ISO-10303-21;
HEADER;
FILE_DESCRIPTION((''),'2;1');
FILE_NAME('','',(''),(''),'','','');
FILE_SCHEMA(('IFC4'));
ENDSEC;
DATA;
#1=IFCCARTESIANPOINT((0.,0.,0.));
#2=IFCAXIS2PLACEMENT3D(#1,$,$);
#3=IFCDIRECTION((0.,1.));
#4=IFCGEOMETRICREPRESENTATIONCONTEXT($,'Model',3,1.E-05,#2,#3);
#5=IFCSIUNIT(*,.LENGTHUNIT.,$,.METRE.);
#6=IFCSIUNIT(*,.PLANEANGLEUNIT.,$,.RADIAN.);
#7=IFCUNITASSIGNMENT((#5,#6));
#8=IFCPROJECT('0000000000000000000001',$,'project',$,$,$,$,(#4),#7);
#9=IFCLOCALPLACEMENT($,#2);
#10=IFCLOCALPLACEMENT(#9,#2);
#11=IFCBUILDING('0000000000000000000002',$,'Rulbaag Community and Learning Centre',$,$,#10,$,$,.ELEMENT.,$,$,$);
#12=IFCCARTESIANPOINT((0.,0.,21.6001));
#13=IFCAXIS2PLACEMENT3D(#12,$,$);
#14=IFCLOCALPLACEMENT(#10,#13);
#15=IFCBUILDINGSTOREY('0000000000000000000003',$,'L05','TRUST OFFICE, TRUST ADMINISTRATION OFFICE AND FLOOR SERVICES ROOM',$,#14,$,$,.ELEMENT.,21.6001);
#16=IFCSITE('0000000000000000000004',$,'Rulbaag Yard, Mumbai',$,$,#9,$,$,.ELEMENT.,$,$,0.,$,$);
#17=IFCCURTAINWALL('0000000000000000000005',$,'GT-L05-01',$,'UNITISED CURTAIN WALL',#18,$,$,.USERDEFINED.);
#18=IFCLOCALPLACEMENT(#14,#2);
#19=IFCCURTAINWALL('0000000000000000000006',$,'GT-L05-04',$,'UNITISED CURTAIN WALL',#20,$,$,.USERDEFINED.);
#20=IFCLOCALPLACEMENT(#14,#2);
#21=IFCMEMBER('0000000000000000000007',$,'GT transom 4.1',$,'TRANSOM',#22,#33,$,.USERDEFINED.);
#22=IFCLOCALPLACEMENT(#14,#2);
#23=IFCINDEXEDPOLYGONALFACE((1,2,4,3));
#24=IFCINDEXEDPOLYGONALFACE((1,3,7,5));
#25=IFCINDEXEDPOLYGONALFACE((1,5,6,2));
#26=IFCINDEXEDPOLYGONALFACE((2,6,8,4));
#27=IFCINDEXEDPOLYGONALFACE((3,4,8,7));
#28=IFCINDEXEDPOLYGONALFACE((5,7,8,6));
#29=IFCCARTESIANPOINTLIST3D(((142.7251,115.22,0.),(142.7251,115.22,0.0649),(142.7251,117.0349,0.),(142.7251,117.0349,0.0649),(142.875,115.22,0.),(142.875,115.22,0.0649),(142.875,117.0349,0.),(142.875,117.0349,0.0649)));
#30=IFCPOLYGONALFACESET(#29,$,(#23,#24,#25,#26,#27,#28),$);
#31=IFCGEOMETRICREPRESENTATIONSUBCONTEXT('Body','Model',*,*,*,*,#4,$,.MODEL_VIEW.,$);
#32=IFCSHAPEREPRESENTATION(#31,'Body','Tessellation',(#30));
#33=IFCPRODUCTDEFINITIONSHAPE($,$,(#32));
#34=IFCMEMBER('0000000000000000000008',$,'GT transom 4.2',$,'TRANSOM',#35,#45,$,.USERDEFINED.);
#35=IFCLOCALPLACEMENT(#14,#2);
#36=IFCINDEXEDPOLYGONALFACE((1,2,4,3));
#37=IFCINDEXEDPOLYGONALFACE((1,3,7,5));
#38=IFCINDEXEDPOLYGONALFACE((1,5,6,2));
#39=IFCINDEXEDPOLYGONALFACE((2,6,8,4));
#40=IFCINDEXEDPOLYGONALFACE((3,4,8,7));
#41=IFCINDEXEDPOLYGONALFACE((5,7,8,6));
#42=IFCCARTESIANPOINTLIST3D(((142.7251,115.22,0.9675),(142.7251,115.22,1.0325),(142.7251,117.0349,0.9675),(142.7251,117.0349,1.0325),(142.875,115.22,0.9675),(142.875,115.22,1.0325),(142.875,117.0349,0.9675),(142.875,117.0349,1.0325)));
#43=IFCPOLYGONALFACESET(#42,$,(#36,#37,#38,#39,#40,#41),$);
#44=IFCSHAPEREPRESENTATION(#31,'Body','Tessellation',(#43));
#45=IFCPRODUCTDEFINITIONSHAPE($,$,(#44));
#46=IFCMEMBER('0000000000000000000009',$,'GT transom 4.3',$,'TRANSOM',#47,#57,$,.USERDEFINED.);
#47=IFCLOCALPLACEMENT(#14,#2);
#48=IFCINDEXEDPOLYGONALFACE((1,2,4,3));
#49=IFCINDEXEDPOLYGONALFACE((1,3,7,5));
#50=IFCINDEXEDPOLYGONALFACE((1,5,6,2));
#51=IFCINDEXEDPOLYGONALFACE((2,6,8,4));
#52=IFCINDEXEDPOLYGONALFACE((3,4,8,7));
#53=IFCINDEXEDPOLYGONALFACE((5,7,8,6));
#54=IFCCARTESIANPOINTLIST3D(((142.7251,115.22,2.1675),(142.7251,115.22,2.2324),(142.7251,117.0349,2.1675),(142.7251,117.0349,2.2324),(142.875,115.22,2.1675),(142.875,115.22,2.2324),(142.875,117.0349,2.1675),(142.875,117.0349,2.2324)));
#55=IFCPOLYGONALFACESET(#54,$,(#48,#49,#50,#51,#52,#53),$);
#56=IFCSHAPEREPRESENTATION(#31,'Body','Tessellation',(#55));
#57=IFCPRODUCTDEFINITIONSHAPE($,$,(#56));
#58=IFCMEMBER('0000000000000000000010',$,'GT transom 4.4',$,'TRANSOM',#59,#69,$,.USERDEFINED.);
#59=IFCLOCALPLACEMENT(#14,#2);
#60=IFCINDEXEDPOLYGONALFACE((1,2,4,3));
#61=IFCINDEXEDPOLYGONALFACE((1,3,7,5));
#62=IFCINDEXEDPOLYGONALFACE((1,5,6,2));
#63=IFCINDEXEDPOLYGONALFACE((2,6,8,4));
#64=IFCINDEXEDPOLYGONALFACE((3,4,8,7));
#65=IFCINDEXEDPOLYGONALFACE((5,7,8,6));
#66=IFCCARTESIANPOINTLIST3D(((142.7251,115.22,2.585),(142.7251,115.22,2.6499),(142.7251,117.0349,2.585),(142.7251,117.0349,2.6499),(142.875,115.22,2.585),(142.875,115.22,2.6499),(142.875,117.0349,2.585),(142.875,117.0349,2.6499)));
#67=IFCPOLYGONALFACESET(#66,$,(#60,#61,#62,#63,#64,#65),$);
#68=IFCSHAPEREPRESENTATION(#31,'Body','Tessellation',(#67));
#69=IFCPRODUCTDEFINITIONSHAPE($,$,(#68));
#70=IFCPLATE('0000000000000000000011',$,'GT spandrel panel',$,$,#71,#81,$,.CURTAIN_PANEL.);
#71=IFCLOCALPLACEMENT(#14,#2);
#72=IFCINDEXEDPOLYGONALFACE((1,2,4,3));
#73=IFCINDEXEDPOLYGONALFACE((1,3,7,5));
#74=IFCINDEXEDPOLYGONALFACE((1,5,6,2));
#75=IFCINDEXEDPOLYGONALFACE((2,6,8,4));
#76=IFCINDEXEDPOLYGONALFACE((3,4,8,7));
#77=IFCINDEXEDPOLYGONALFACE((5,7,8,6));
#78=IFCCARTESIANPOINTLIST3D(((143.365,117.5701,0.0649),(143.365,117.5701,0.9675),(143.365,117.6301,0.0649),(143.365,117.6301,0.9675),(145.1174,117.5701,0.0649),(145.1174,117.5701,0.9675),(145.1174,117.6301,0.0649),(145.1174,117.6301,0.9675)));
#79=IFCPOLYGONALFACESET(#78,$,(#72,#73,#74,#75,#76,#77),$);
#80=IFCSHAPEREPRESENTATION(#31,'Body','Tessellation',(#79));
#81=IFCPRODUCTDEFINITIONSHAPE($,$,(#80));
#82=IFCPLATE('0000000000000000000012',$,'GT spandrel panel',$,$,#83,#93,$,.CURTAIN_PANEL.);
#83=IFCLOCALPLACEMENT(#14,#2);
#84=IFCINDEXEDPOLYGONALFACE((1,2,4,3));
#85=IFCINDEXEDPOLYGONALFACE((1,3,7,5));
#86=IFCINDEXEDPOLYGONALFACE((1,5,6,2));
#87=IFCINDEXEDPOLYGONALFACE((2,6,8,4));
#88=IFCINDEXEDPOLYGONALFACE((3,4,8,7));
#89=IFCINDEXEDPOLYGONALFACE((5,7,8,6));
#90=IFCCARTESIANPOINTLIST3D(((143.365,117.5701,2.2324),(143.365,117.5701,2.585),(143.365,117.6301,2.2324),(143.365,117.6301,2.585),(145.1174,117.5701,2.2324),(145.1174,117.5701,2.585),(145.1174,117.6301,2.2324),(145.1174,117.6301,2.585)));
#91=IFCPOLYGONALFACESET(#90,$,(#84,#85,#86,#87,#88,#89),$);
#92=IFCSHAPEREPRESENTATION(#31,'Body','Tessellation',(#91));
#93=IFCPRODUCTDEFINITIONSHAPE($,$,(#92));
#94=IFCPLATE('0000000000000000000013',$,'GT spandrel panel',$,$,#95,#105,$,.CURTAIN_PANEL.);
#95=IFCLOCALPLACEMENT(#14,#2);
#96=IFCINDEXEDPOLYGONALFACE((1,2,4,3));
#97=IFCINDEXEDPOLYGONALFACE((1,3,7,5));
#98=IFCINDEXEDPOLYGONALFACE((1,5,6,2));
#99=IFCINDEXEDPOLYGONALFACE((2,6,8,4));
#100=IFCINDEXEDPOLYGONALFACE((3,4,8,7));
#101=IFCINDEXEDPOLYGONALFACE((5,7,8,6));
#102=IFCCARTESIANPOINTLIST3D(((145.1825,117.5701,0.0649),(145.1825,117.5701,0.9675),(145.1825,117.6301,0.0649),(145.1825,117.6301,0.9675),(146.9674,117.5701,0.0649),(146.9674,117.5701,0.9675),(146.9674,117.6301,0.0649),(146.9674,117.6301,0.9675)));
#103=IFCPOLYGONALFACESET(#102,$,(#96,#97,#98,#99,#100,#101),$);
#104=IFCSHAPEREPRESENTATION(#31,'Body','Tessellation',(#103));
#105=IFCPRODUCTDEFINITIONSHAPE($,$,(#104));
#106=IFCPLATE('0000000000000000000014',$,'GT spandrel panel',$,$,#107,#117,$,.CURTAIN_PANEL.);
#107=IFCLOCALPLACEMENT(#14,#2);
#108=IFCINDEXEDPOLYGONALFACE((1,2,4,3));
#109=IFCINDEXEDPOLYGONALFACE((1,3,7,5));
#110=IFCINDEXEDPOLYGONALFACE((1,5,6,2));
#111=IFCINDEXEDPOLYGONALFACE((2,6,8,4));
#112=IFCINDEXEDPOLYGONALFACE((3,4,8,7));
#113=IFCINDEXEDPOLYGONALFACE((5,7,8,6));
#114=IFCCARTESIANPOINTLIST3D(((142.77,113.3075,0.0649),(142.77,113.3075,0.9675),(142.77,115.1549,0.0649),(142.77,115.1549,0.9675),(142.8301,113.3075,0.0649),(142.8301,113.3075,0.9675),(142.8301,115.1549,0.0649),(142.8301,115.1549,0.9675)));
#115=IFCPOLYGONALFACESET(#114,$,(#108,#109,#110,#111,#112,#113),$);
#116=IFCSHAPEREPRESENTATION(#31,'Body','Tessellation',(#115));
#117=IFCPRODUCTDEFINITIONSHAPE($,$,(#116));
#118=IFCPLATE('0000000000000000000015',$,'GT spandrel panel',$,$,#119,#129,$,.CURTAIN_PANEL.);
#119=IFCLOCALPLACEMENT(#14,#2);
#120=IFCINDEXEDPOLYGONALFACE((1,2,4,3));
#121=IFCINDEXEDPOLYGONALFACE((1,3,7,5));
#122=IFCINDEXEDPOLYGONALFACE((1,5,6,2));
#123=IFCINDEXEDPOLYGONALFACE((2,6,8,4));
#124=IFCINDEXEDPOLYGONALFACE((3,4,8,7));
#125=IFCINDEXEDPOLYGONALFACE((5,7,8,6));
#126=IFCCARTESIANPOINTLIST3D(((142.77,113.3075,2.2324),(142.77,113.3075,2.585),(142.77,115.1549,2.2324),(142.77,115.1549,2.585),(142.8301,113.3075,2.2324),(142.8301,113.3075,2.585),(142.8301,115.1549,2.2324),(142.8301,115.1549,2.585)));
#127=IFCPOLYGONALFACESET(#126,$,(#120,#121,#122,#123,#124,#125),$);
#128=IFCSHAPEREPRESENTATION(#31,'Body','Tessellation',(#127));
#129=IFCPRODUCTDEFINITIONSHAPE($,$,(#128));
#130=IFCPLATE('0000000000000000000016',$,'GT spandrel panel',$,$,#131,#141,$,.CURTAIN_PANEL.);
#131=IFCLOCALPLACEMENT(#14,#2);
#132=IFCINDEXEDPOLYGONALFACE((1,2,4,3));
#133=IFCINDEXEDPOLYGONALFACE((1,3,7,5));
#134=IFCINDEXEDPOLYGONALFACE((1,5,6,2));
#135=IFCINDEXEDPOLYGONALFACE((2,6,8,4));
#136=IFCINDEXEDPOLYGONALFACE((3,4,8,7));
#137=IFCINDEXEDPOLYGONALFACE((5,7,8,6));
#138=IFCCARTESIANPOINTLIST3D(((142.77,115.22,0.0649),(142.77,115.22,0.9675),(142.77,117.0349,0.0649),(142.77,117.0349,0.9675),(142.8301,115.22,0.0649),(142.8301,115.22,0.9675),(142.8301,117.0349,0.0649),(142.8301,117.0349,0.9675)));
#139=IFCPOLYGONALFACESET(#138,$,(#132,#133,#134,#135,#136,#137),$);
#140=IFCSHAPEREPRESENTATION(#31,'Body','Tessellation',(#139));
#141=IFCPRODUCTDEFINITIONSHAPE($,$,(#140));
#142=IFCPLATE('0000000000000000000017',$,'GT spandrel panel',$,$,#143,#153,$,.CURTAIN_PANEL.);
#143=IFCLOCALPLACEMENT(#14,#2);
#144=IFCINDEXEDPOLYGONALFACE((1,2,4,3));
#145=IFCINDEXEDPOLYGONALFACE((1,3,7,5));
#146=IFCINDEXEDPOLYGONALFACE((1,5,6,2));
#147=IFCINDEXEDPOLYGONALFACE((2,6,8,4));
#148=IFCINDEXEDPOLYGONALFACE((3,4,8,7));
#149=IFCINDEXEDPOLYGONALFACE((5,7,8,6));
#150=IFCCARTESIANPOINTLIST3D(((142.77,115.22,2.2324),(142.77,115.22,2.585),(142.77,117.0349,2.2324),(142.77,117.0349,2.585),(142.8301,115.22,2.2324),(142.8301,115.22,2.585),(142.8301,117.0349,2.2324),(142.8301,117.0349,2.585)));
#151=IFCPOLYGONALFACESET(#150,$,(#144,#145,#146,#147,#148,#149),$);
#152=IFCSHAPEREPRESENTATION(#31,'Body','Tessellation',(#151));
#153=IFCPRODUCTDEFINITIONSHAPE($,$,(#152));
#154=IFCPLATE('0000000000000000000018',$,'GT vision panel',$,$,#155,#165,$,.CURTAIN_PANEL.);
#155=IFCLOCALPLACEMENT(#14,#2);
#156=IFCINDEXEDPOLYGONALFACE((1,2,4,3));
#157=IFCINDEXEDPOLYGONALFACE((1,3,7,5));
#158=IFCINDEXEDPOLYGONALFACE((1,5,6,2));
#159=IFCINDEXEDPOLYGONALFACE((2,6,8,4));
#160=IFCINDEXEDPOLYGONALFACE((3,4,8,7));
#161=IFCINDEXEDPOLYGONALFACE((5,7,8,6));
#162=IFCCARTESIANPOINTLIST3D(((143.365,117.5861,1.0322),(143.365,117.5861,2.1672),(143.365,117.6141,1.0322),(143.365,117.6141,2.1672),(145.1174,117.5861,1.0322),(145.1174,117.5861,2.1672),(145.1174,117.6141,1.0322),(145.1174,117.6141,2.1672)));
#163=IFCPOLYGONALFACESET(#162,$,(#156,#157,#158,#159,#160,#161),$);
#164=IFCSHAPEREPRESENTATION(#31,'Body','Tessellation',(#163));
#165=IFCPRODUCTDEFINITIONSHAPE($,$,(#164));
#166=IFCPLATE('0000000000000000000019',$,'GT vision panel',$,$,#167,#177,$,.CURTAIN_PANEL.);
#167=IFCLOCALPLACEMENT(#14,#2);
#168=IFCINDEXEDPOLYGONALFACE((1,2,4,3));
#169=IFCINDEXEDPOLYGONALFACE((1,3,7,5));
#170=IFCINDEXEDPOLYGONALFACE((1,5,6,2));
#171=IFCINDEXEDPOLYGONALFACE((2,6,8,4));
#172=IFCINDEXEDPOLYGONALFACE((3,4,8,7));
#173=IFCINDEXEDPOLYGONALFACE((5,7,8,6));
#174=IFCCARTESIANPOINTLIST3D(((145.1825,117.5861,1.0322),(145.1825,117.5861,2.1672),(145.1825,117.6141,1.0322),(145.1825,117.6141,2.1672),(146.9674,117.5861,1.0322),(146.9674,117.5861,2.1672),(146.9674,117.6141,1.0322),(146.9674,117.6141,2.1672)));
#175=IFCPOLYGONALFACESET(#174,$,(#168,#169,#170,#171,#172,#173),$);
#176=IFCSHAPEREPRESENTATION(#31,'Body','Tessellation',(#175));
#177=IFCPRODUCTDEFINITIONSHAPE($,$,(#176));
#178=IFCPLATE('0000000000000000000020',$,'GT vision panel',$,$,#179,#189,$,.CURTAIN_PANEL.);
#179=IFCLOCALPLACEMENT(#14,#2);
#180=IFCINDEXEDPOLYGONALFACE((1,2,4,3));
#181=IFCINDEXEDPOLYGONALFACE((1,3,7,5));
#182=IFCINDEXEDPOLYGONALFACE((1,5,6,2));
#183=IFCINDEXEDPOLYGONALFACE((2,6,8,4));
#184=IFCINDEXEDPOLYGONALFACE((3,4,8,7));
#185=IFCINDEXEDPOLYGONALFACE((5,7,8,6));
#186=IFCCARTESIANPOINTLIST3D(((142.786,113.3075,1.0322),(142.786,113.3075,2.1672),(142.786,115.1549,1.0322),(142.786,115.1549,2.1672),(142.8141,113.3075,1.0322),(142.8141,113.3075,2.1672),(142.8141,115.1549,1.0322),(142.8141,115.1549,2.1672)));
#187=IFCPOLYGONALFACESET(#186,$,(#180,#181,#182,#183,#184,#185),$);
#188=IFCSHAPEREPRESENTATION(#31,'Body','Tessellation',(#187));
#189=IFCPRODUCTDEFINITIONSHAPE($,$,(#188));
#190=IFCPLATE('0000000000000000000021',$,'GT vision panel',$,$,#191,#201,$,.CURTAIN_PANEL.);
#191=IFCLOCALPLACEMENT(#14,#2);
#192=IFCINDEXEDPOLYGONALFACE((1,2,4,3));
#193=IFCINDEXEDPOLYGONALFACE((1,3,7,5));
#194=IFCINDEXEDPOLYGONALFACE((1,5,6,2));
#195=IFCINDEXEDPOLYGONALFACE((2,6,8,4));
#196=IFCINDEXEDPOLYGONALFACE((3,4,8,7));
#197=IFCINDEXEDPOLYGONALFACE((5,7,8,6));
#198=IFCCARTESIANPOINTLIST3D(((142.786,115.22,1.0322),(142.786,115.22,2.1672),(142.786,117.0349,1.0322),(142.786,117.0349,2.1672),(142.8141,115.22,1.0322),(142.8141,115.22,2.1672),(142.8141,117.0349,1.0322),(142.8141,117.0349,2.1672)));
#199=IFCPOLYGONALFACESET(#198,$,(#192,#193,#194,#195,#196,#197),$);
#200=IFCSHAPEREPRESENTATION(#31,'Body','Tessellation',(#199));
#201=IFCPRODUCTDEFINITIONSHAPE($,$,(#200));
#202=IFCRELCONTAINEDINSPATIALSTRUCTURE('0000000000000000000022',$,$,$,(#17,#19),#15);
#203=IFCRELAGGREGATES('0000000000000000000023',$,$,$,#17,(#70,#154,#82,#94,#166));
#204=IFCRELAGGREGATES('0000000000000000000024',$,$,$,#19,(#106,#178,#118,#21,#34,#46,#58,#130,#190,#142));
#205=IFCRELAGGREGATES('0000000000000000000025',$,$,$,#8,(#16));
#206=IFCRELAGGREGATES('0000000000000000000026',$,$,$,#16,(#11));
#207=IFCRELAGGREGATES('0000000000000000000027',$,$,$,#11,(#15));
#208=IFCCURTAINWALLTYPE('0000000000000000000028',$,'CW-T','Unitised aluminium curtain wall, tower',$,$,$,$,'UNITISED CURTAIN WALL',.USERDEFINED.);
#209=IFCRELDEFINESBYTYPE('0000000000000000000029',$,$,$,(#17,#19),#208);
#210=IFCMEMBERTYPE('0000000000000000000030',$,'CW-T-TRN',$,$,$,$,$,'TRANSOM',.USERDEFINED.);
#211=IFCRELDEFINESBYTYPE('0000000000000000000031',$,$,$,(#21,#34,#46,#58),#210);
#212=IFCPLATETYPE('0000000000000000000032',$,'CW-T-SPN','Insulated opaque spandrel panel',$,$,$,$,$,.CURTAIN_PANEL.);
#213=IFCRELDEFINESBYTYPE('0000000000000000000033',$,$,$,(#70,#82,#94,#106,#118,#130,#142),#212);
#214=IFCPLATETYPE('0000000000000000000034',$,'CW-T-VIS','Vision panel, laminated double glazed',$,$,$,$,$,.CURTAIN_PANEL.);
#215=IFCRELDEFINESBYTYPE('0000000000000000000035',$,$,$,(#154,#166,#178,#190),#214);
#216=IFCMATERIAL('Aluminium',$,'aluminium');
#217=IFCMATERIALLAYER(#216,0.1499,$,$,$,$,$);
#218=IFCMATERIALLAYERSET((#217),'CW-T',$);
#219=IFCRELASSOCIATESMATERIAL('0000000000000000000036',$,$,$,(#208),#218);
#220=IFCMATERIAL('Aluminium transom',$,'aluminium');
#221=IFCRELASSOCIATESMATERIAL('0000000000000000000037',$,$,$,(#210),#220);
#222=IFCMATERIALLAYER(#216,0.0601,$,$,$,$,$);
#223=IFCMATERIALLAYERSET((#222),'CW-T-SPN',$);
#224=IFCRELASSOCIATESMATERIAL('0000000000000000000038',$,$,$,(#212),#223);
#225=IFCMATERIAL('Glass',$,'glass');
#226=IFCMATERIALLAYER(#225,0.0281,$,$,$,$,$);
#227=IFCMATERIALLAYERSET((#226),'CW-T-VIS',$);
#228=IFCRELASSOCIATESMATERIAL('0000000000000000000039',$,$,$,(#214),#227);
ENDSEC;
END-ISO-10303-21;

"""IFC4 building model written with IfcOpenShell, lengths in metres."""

from ifc_helpers import new_model, si_unit, direction, frame, origin, origin_2d, place, context, subcontext, project, spatial, rectangle, extrude, material, layer, layer_set, material_profile, profile_set, type_object, element, aggregate, save


model = new_model("IFC4")

# Units and contexts
model_context = context("Model", 3, precision=1e-05, world=origin(), true_north=direction((0.0, 1.0)))
body_context = subcontext(model_context, "Body", "Model", "MODEL_VIEW")
ifc_project = project(units=[si_unit("LENGTHUNIT", "METRE"), si_unit("PLANEANGLEUNIT", "RADIAN")], contexts=[model_context])

# Site, building, storey
site_placement = place(None, origin())
site = spatial("IfcSite", under=ifc_project, at=site_placement, Name="Rulbaag Yard, Mumbai", CompositionType="ELEMENT", RefElevation=0.0)
building_placement = place(site_placement, origin())
building = spatial("IfcBuilding", under=site, at=building_placement, Name="Rulbaag Community and Learning Centre", CompositionType="ELEMENT")
storey_placement = place(building_placement, frame((0.0, 0.0, 21.6001)))
storey = spatial("IfcBuildingStorey", under=building, at=storey_placement, Name="L05", Description="TRUST OFFICE, TRUST ADMINISTRATION OFFICE AND FLOOR SERVICES ROOM", CompositionType="ELEMENT", Elevation=21.6001)

# Curtain walls, members
ifc_material_1 = material(Name="Aluminium", Category="aluminium")
ifc_layer_1 = layer(ifc_material_1, 0.1499)
ifc_layer_set_1 = layer_set([ifc_layer_1], Name="CW-T")
curtain_wall_type = type_object("IfcCurtainWallType", Name="CW-T", Description="Unitised aluminium curtain wall, tower", ElementType="UNITISED CURTAIN WALL", PredefinedType="USERDEFINED", material=ifc_layer_set_1)
curtain_wall_1_placement = place(storey_placement, origin())
curtain_wall_1 = element("IfcCurtainWall", 1, at=curtain_wall_1_placement, inside=storey, type_object=curtain_wall_type, Name="GT-L05-01", ObjectType="UNITISED CURTAIN WALL", PredefinedType="USERDEFINED")
ifc_material_2 = material(Name="Aluminium transom", Category="aluminium")
ifc_material_profile_1 = material_profile(ifc_material_2, rectangle(XDim=0.1499, YDim=0.0649, at=origin_2d()), Name="AL 65x150 T")
ifc_profile_set_1 = profile_set([ifc_material_profile_1], Name="Aluminium transom")
member_type_1 = type_object("IfcMemberType", Name="CW-T-TRN", ElementType="TRANSOM", PredefinedType="USERDEFINED", material=ifc_profile_set_1)
curtain_wall_2_placement = place(storey_placement, origin())
curtain_wall_2 = element("IfcCurtainWall", 2, at=curtain_wall_2_placement, inside=storey, type_object=curtain_wall_type, Name="GT-L05-04", ObjectType="UNITISED CURTAIN WALL", PredefinedType="USERDEFINED")
member_1_placement = place(storey_placement, frame((142.8, 115.22, 0.0325), z_axis=(0.0, 1.0, 0.0), x_axis=(-1.0, 0.0, 0.0)))
member_1 = element("IfcMember", 3, at=member_1_placement, type_object=member_type_1, Name="GT transom 4.1", ObjectType="TRANSOM", PredefinedType="USERDEFINED", context=body_context, shape_type="SweptSolid", body=[
    extrude(rectangle(XDim=0.1499, YDim=0.0649, at=origin_2d()), origin(), (0.0, 0.0, 1.0), 1.8149),
])
member_2_placement = place(storey_placement, frame((142.8, 115.22, 1.0), z_axis=(0.0, 1.0, 0.0), x_axis=(-1.0, 0.0, 0.0)))
member_2 = element("IfcMember", 4, at=member_2_placement, type_object=member_type_1, Name="GT transom 4.2", ObjectType="TRANSOM", PredefinedType="USERDEFINED", context=body_context, shape_type="SweptSolid", body=[
    extrude(rectangle(XDim=0.1499, YDim=0.0649, at=origin_2d()), origin(), (0.0, 0.0, 1.0), 1.8149),
])
member_3_placement = place(storey_placement, frame((142.8, 115.22, 2.2), z_axis=(0.0, 1.0, 0.0), x_axis=(-1.0, 0.0, 0.0)))
member_3 = element("IfcMember", 5, at=member_3_placement, type_object=member_type_1, Name="GT transom 4.3", ObjectType="TRANSOM", PredefinedType="USERDEFINED", context=body_context, shape_type="SweptSolid", body=[
    extrude(rectangle(XDim=0.1499, YDim=0.0649, at=origin_2d()), origin(), (0.0, 0.0, 1.0), 1.8149),
])
member_4_placement = place(storey_placement, frame((142.8, 115.22, 2.6174), z_axis=(0.0, 1.0, 0.0), x_axis=(-1.0, 0.0, 0.0)))
member_4 = element("IfcMember", 6, at=member_4_placement, type_object=member_type_1, Name="GT transom 4.4", ObjectType="TRANSOM", PredefinedType="USERDEFINED", context=body_context, shape_type="SweptSolid", body=[
    extrude(rectangle(XDim=0.1499, YDim=0.0649, at=origin_2d()), origin(), (0.0, 0.0, 1.0), 1.8149),
])

# Plates
ifc_layer_2 = layer(ifc_material_1, 0.0601)
ifc_layer_set_2 = layer_set([ifc_layer_2], Name="CW-T-SPN")
plate_type_1 = type_object("IfcPlateType", Name="CW-T-SPN", Description="Insulated opaque spandrel panel", PredefinedType="CURTAIN_PANEL", material=ifc_layer_set_2)
plate_1_placement = place(storey_placement, frame((144.2412, 117.6001, 0.0649), z_axis=(0.0, 0.0, 1.0), x_axis=(1.0, 0.0, 0.0)))
plate_1 = element("IfcPlate", 7, at=plate_1_placement, type_object=plate_type_1, Name="GT spandrel panel", PredefinedType="CURTAIN_PANEL", context=body_context, shape_type="SweptSolid", body=[
    extrude(rectangle(XDim=1.7524, YDim=0.0601, at=origin_2d()), origin(), (0.0, 0.0, 1.0), 0.9026),
])
plate_2_placement = place(storey_placement, frame((144.2412, 117.6001, 2.2324), z_axis=(0.0, 0.0, 1.0), x_axis=(1.0, 0.0, 0.0)))
plate_2 = element("IfcPlate", 8, at=plate_2_placement, type_object=plate_type_1, Name="GT spandrel panel", PredefinedType="CURTAIN_PANEL", context=body_context, shape_type="SweptSolid", body=[
    extrude(rectangle(XDim=1.7524, YDim=0.0601, at=origin_2d()), origin(), (0.0, 0.0, 1.0), 0.3525),
])
plate_3_placement = place(storey_placement, frame((146.075, 117.6001, 0.0649), z_axis=(0.0, 0.0, 1.0), x_axis=(1.0, 0.0, 0.0)))
plate_3 = element("IfcPlate", 9, at=plate_3_placement, type_object=plate_type_1, Name="GT spandrel panel", PredefinedType="CURTAIN_PANEL", context=body_context, shape_type="SweptSolid", body=[
    extrude(rectangle(XDim=1.7849, YDim=0.0601, at=origin_2d()), origin(), (0.0, 0.0, 1.0), 0.9026),
])
plate_4_placement = place(storey_placement, frame((142.8, 114.2312, 0.0649), z_axis=(0.0, 0.0, 1.0), x_axis=(0.0, 1.0, 0.0)))
plate_4 = element("IfcPlate", 10, at=plate_4_placement, type_object=plate_type_1, Name="GT spandrel panel", PredefinedType="CURTAIN_PANEL", context=body_context, shape_type="SweptSolid", body=[
    extrude(rectangle(XDim=1.8474, YDim=0.0601, at=origin_2d()), origin(), (0.0, 0.0, 1.0), 0.9026),
])
plate_5_placement = place(storey_placement, frame((142.8, 114.2312, 2.2324), z_axis=(0.0, 0.0, 1.0), x_axis=(0.0, 1.0, 0.0)))
plate_5 = element("IfcPlate", 11, at=plate_5_placement, type_object=plate_type_1, Name="GT spandrel panel", PredefinedType="CURTAIN_PANEL", context=body_context, shape_type="SweptSolid", body=[
    extrude(rectangle(XDim=1.8474, YDim=0.0601, at=origin_2d()), origin(), (0.0, 0.0, 1.0), 0.3525),
])
plate_6_placement = place(storey_placement, frame((142.8, 116.1274, 0.0649), z_axis=(0.0, 0.0, 1.0), x_axis=(0.0, 1.0, 0.0)))
plate_6 = element("IfcPlate", 12, at=plate_6_placement, type_object=plate_type_1, Name="GT spandrel panel", PredefinedType="CURTAIN_PANEL", context=body_context, shape_type="SweptSolid", body=[
    extrude(rectangle(XDim=1.8149, YDim=0.0601, at=origin_2d()), origin(), (0.0, 0.0, 1.0), 0.9026),
])
plate_7_placement = place(storey_placement, frame((142.8, 116.1274, 2.2324), z_axis=(0.0, 0.0, 1.0), x_axis=(0.0, 1.0, 0.0)))
plate_7 = element("IfcPlate", 13, at=plate_7_placement, type_object=plate_type_1, Name="GT spandrel panel", PredefinedType="CURTAIN_PANEL", context=body_context, shape_type="SweptSolid", body=[
    extrude(rectangle(XDim=1.8149, YDim=0.0601, at=origin_2d()), origin(), (0.0, 0.0, 1.0), 0.3525),
])
ifc_material_3 = material(Name="Glass", Category="glass")
ifc_layer_3 = layer(ifc_material_3, 0.0281)
ifc_layer_set_3 = layer_set([ifc_layer_3], Name="CW-T-VIS")
plate_type_2 = type_object("IfcPlateType", Name="CW-T-VIS", Description="Vision panel, laminated double glazed", PredefinedType="CURTAIN_PANEL", material=ifc_layer_set_3)
plate_8_placement = place(storey_placement, frame((144.2412, 117.6001, 1.0322), z_axis=(0.0, 0.0, 1.0), x_axis=(1.0, 0.0, 0.0)))
plate_8 = element("IfcPlate", 14, at=plate_8_placement, type_object=plate_type_2, Name="GT vision panel", PredefinedType="CURTAIN_PANEL", context=body_context, shape_type="SweptSolid", body=[
    extrude(rectangle(XDim=1.7524, YDim=0.0281, at=origin_2d()), origin(), (0.0, 0.0, 1.0), 1.135),
])
plate_9_placement = place(storey_placement, frame((146.075, 117.6001, 1.0322), z_axis=(0.0, 0.0, 1.0), x_axis=(1.0, 0.0, 0.0)))
plate_9 = element("IfcPlate", 15, at=plate_9_placement, type_object=plate_type_2, Name="GT vision panel", PredefinedType="CURTAIN_PANEL", context=body_context, shape_type="SweptSolid", body=[
    extrude(rectangle(XDim=1.7849, YDim=0.0281, at=origin_2d()), origin(), (0.0, 0.0, 1.0), 1.135),
])
aggregate(curtain_wall_1, [plate_1, plate_8, plate_2, plate_3, plate_9])
plate_10_placement = place(storey_placement, frame((142.8, 114.2312, 1.0322), z_axis=(0.0, 0.0, 1.0), x_axis=(0.0, 1.0, 0.0)))
plate_10 = element("IfcPlate", 16, at=plate_10_placement, type_object=plate_type_2, Name="GT vision panel", PredefinedType="CURTAIN_PANEL", context=body_context, shape_type="SweptSolid", body=[
    extrude(rectangle(XDim=1.8474, YDim=0.0281, at=origin_2d()), origin(), (0.0, 0.0, 1.0), 1.135),
])
plate_11_placement = place(storey_placement, frame((142.8, 116.1274, 1.0322), z_axis=(0.0, 0.0, 1.0), x_axis=(0.0, 1.0, 0.0)))
plate_11 = element("IfcPlate", 17, at=plate_11_placement, type_object=plate_type_2, Name="GT vision panel", PredefinedType="CURTAIN_PANEL", context=body_context, shape_type="SweptSolid", body=[
    extrude(rectangle(XDim=1.8149, YDim=0.0281, at=origin_2d()), origin(), (0.0, 0.0, 1.0), 1.135),
])
aggregate(curtain_wall_2, [plate_4, plate_10, plate_5, member_1, member_2, member_3, member_4, plate_6, plate_11, plate_7])

save(model, "model.ifc")
